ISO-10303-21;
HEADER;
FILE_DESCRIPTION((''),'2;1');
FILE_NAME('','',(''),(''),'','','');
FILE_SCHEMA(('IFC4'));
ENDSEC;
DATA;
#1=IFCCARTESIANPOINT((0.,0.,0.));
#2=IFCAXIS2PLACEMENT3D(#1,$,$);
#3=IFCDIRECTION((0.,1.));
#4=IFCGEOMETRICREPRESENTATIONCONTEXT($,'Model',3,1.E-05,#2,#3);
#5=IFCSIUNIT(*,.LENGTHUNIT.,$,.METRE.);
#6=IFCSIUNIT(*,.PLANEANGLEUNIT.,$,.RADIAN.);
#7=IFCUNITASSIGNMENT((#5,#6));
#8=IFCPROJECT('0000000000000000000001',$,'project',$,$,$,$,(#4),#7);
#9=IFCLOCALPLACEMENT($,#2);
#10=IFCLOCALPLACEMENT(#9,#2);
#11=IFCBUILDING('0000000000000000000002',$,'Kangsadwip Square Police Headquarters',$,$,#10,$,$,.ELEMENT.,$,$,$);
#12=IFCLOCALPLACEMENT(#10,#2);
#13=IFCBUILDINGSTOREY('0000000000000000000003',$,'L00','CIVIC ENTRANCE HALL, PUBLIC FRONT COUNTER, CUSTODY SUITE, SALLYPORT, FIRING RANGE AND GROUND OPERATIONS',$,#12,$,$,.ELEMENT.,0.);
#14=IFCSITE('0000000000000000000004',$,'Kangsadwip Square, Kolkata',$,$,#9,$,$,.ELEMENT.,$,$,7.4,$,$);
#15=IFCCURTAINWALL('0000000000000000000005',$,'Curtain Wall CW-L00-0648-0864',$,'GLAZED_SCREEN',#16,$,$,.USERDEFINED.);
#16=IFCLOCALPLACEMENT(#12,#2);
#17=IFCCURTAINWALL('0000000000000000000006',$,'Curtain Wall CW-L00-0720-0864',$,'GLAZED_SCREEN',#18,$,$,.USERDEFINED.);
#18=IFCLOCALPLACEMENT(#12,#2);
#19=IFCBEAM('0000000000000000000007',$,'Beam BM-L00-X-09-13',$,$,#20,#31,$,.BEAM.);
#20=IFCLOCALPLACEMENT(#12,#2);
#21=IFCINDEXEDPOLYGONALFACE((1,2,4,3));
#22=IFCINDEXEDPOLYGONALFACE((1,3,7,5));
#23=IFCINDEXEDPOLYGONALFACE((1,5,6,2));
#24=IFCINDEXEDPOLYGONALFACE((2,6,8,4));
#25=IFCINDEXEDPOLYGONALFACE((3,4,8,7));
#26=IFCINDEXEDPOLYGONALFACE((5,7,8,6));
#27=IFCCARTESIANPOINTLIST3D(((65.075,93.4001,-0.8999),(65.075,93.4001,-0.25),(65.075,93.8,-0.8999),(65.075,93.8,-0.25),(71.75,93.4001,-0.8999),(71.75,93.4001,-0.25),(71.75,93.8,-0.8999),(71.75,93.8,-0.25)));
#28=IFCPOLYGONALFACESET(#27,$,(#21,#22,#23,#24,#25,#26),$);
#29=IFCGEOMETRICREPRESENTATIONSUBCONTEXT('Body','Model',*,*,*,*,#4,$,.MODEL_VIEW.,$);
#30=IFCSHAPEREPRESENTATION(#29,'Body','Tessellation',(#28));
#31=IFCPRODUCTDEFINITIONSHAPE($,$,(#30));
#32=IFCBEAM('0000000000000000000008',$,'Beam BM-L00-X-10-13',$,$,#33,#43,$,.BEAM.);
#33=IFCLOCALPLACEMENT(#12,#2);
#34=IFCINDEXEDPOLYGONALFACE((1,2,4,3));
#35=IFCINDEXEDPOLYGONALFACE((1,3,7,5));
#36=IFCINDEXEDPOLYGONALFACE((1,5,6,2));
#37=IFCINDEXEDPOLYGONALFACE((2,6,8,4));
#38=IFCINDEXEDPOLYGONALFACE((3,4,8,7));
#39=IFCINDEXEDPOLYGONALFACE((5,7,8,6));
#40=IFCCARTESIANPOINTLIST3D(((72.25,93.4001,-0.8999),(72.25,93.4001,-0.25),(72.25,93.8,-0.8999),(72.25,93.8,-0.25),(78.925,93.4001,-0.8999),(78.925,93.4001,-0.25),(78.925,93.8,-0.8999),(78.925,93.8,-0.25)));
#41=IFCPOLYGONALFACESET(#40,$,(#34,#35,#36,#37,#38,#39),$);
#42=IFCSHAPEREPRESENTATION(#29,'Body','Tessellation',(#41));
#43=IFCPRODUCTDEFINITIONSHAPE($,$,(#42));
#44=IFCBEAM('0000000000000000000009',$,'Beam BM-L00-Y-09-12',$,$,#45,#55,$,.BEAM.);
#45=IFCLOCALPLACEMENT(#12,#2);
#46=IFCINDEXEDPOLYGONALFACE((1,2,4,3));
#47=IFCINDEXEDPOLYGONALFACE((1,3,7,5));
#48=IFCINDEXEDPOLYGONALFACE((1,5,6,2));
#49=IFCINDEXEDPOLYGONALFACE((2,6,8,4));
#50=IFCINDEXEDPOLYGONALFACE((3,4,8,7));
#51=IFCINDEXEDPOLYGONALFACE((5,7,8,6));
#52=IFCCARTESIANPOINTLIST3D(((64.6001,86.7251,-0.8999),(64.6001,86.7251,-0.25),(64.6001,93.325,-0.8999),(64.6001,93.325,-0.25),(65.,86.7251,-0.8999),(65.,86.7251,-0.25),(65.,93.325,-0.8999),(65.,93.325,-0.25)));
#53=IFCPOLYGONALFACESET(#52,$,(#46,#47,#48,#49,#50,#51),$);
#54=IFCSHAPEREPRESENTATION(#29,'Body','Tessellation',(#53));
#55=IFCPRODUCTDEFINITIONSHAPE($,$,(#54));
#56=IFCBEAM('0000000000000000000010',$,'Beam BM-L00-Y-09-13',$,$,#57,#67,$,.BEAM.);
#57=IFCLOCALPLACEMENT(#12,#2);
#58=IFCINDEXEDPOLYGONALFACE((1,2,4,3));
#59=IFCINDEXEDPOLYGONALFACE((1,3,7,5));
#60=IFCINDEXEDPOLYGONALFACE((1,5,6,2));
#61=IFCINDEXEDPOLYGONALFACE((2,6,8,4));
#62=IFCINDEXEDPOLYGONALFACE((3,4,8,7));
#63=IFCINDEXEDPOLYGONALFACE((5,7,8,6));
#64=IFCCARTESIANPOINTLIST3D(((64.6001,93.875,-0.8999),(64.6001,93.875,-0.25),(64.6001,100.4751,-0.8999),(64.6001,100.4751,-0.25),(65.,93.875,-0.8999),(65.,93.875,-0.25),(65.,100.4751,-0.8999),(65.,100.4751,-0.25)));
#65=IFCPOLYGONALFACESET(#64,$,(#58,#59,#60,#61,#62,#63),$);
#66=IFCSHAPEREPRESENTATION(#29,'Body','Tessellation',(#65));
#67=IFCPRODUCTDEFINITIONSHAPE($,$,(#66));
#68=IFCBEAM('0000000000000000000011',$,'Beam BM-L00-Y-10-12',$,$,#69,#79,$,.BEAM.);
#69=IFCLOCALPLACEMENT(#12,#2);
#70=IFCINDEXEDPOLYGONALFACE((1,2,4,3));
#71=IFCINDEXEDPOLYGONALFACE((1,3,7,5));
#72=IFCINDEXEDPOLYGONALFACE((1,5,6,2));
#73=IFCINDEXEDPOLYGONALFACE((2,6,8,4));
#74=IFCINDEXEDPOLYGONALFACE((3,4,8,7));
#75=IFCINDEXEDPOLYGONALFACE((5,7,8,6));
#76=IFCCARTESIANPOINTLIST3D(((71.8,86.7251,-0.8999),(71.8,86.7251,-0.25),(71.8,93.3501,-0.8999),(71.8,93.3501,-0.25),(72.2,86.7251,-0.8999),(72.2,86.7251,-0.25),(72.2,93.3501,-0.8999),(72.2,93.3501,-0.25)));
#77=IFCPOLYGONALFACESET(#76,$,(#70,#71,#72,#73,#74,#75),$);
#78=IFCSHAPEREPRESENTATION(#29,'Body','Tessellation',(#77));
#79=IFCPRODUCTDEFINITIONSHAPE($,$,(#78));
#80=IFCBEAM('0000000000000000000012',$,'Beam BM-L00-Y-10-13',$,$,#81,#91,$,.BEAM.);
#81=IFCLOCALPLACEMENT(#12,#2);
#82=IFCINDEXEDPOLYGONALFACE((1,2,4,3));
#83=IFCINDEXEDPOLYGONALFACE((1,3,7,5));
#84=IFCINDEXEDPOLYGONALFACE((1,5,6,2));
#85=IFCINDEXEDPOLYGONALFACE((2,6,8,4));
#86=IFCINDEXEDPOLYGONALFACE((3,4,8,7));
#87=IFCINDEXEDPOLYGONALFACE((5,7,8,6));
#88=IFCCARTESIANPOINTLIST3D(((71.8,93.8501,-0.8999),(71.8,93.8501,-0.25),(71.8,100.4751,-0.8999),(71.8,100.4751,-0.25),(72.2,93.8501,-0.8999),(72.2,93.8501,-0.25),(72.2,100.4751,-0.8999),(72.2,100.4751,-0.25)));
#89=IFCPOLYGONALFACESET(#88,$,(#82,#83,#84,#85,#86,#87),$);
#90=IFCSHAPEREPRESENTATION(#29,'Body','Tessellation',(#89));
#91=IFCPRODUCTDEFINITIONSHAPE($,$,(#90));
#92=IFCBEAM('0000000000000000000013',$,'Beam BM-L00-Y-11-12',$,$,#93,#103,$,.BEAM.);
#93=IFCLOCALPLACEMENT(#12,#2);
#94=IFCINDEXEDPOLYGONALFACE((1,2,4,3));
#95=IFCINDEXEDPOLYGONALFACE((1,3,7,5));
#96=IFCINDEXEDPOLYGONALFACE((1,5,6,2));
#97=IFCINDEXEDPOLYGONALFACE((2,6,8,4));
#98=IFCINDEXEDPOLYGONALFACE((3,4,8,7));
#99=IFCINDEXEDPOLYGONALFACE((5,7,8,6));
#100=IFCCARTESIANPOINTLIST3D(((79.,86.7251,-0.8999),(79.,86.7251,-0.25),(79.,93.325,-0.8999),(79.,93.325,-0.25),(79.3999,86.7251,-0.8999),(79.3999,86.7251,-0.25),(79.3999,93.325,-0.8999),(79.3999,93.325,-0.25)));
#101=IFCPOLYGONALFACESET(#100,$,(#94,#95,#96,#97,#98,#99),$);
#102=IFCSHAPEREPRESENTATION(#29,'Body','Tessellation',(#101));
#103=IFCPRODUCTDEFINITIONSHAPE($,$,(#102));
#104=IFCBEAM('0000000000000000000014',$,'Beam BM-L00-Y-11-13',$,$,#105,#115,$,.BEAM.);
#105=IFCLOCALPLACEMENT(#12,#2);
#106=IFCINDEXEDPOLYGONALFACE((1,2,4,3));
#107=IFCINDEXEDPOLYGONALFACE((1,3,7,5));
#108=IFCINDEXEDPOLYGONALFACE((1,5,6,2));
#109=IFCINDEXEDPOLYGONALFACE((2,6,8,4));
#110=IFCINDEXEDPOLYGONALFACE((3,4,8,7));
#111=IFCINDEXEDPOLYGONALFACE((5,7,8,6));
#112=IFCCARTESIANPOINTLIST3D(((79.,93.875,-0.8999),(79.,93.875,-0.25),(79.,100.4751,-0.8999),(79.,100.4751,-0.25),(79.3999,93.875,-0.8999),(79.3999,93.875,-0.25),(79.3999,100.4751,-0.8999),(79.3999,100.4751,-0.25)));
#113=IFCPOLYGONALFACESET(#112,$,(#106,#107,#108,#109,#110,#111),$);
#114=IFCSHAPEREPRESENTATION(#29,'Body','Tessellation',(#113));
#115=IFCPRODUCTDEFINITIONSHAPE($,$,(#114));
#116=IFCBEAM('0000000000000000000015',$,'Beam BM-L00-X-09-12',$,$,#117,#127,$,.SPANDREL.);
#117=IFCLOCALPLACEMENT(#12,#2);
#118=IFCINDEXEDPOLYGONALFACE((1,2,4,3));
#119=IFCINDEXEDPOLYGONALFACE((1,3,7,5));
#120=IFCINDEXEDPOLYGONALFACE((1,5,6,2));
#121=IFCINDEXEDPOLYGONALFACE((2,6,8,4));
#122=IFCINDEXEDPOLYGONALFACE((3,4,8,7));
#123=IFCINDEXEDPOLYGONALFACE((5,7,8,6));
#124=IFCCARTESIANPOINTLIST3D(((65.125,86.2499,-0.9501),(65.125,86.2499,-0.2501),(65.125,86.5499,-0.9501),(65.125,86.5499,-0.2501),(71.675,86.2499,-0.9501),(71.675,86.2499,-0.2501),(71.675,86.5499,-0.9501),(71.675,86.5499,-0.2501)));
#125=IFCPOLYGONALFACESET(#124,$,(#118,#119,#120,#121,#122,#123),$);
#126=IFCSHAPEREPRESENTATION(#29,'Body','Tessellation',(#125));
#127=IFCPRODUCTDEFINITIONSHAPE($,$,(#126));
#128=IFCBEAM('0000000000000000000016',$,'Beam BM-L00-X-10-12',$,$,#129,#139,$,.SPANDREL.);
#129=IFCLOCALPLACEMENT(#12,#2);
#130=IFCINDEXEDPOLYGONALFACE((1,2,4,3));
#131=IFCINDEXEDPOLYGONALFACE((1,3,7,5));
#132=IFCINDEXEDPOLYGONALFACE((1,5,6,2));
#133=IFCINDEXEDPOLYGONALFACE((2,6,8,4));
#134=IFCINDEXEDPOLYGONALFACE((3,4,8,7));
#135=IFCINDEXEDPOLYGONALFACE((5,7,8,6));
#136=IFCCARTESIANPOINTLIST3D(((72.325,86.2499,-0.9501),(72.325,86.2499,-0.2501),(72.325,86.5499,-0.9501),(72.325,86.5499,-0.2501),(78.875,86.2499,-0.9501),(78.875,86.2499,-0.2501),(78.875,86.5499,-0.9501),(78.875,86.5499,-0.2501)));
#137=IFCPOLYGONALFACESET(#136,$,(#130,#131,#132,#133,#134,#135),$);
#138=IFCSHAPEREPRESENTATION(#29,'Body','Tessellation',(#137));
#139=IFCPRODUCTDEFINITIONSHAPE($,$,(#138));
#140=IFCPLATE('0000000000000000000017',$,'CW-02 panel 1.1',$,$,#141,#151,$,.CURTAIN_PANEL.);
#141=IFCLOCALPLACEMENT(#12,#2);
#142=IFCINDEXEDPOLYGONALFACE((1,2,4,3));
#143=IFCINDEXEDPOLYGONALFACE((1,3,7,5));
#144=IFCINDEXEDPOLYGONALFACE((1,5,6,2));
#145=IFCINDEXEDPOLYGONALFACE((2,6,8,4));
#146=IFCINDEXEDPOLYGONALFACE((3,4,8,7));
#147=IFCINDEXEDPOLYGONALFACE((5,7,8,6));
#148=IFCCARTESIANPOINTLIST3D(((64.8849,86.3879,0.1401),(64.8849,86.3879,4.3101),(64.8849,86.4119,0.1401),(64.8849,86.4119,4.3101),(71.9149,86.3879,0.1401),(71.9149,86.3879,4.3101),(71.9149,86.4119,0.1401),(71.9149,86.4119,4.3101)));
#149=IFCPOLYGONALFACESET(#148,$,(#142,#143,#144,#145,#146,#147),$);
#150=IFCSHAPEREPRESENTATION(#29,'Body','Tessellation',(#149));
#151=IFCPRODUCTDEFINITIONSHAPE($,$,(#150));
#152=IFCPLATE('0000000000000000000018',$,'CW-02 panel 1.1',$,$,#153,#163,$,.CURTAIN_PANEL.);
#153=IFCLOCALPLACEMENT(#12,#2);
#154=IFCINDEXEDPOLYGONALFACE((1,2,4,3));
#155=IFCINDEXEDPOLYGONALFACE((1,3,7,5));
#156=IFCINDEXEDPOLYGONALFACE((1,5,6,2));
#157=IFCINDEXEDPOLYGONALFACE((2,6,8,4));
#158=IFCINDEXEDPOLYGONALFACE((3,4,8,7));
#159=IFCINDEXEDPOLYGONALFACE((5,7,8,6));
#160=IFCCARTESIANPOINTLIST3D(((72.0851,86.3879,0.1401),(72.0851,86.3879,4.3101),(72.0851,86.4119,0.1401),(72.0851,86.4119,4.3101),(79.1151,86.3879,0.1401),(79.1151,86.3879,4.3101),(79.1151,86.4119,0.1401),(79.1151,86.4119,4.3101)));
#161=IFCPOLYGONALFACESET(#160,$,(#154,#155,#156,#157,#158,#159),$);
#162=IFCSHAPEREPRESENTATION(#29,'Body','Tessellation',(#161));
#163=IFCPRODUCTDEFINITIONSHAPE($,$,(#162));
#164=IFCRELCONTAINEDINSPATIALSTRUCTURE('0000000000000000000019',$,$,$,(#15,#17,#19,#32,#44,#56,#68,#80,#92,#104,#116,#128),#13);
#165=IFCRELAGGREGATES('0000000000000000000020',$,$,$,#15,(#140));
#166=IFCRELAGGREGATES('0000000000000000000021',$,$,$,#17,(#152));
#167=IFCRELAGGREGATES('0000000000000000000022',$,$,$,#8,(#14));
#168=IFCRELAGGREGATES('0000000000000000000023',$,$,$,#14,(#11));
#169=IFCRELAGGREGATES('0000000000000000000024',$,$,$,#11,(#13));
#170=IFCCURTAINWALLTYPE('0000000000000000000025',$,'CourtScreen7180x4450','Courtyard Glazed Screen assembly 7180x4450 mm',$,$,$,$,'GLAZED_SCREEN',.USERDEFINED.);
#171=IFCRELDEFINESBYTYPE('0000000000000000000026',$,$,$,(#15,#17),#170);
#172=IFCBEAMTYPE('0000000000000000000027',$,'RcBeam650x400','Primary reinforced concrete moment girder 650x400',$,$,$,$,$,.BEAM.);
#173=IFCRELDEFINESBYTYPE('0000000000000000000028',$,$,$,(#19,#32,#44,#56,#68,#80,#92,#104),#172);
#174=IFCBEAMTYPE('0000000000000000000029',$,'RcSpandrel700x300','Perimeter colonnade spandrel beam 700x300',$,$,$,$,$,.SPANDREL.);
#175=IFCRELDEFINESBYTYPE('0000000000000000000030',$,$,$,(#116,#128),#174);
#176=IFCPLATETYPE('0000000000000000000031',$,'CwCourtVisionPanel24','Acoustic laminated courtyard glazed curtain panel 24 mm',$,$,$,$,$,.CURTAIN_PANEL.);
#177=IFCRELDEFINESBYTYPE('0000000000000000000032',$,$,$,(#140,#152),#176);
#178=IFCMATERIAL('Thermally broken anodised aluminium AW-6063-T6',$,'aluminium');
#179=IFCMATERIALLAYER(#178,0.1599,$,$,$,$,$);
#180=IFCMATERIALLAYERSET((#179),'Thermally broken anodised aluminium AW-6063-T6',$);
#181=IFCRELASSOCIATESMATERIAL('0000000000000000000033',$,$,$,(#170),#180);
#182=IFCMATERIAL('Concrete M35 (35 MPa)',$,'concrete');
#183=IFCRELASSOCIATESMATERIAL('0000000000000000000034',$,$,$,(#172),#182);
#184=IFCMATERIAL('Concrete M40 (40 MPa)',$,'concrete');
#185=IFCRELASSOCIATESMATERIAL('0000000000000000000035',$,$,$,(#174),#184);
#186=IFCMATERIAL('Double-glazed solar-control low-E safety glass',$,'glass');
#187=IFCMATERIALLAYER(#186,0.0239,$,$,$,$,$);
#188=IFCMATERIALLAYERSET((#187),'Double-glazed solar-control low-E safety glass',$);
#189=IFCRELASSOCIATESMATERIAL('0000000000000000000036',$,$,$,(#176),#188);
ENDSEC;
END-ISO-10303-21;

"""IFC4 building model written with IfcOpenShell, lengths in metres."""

from ifc_helpers import new_model, si_unit, direction, frame, origin, origin_2d, place, context, subcontext, project, spatial, rectangle, extrude, material, layer, layer_set, material_profile, profile_set, type_object, element, aggregate, save


model = new_model("IFC4")

# Units and contexts
model_context = context("Model", 3, precision=1e-05, world=origin(), true_north=direction((0.0, 1.0)))
body_context = subcontext(model_context, "Body", "Model", "MODEL_VIEW")
ifc_project = project(units=[si_unit("LENGTHUNIT", "METRE"), si_unit("PLANEANGLEUNIT", "RADIAN")], contexts=[model_context])

# Site, building, storey
site_placement = place(None, origin())
site = spatial("IfcSite", under=ifc_project, at=site_placement, Name="Kangsadwip Square, Kolkata", CompositionType="ELEMENT", RefElevation=7.4)
building_placement = place(site_placement, origin())
building = spatial("IfcBuilding", under=site, at=building_placement, Name="Kangsadwip Square Police Headquarters", CompositionType="ELEMENT")
storey_placement = place(building_placement, origin())
storey = spatial("IfcBuildingStorey", under=building, at=storey_placement, Name="L00", Description="CIVIC ENTRANCE HALL, PUBLIC FRONT COUNTER, CUSTODY SUITE, SALLYPORT, FIRING RANGE AND GROUND OPERATIONS", CompositionType="ELEMENT", Elevation=0.0)

# Curtain wall
ifc_material_1 = material(Name="Thermally broken anodised aluminium AW-6063-T6", Category="aluminium")
ifc_layer_1 = layer(ifc_material_1, 0.1599)
ifc_layer_set_1 = layer_set([ifc_layer_1], Name="Thermally broken anodised aluminium AW-6063-T6")
curtain_wall_type = type_object("IfcCurtainWallType", Name="CourtScreen7180x4450", Description="Courtyard Glazed Screen assembly 7180x4450 mm", ElementType="GLAZED_SCREEN", PredefinedType="USERDEFINED", material=ifc_layer_set_1)
curtain_wall_1_placement = place(storey_placement, origin())
curtain_wall_1 = element("IfcCurtainWall", 1, at=curtain_wall_1_placement, inside=storey, type_object=curtain_wall_type, Name="Curtain Wall CW-L00-0648-0864", ObjectType="GLAZED_SCREEN", PredefinedType="USERDEFINED")

# Curtain wall
curtain_wall_2_placement = place(storey_placement, origin())
curtain_wall_2 = element("IfcCurtainWall", 2, at=curtain_wall_2_placement, inside=storey, type_object=curtain_wall_type, Name="Curtain Wall CW-L00-0720-0864", ObjectType="GLAZED_SCREEN", PredefinedType="USERDEFINED")

# Beams
ifc_material_2 = material(Name="Concrete M35 (35 MPa)", Category="concrete")
ifc_material_profile_1 = material_profile(ifc_material_2, rectangle(XDim=0.3999, YDim=0.6499, at=origin_2d()), Name="RC BM 650X400")
ifc_profile_set_1 = profile_set([ifc_material_profile_1], Name="Concrete M35 (35 MPa)")
beam_type_1 = type_object("IfcBeamType", Name="RcBeam650x400", Description="Primary reinforced concrete moment girder 650x400", PredefinedType="BEAM", material=ifc_profile_set_1)
for number, where, z_axis, x_axis, name in (
    (3, (65.075, 93.6001, -0.575), (1.0, 0.0, 0.0), (0.0, 1.0, 0.0), "Beam BM-L00-X-09-13"),
    (4, (72.25, 93.6001, -0.575), (1.0, 0.0, 0.0), (0.0, 1.0, 0.0), "Beam BM-L00-X-10-13"),
):
    element("IfcBeam", number, at=place(storey_placement, frame(where, z_axis=z_axis, x_axis=x_axis)), inside=storey, type_object=beam_type_1, Name=name, PredefinedType="BEAM", context=body_context, shape_type="SweptSolid", body=[
        extrude(rectangle(XDim=0.3999, YDim=0.6499, at=origin_2d()), origin(), (0.0, 0.0, 1.0), 6.675),
    ])
beam_1_placement = place(storey_placement, frame((64.8, 86.7251, -0.575), z_axis=(0.0, 1.0, 0.0), x_axis=(-1.0, 0.0, 0.0)))
element("IfcBeam", 5, at=beam_1_placement, inside=storey, type_object=beam_type_1, Name="Beam BM-L00-Y-09-12", PredefinedType="BEAM", context=body_context, shape_type="SweptSolid", body=[
    extrude(rectangle(XDim=0.3999, YDim=0.6499, at=origin_2d()), origin(), (0.0, 0.0, 1.0), 6.5999),
])
beam_2_placement = place(storey_placement, frame((64.8, 93.875, -0.575), z_axis=(0.0, 1.0, 0.0), x_axis=(-1.0, 0.0, 0.0)))
element("IfcBeam", 6, at=beam_2_placement, inside=storey, type_object=beam_type_1, Name="Beam BM-L00-Y-09-13", PredefinedType="BEAM", context=body_context, shape_type="SweptSolid", body=[
    extrude(rectangle(XDim=0.3999, YDim=0.6499, at=origin_2d()), origin(), (0.0, 0.0, 1.0), 6.6001),
])
for number, where, z_axis, x_axis, name in (
    (7, (72.0, 86.7251, -0.575), (0.0, 1.0, 0.0), (-1.0, 0.0, 0.0), "Beam BM-L00-Y-10-12"),
    (8, (72.0, 93.8501, -0.575), (0.0, 1.0, 0.0), (-1.0, 0.0, 0.0), "Beam BM-L00-Y-10-13"),
):
    element("IfcBeam", number, at=place(storey_placement, frame(where, z_axis=z_axis, x_axis=x_axis)), inside=storey, type_object=beam_type_1, Name=name, PredefinedType="BEAM", context=body_context, shape_type="SweptSolid", body=[
        extrude(rectangle(XDim=0.3999, YDim=0.6499, at=origin_2d()), origin(), (0.0, 0.0, 1.0), 6.625),
    ])
beam_3_placement = place(storey_placement, frame((79.2, 86.7251, -0.575), z_axis=(0.0, 1.0, 0.0), x_axis=(-1.0, 0.0, 0.0)))
element("IfcBeam", 9, at=beam_3_placement, inside=storey, type_object=beam_type_1, Name="Beam BM-L00-Y-11-12", PredefinedType="BEAM", context=body_context, shape_type="SweptSolid", body=[
    extrude(rectangle(XDim=0.3999, YDim=0.6499, at=origin_2d()), origin(), (0.0, 0.0, 1.0), 6.5999),
])
beam_4_placement = place(storey_placement, frame((79.2, 93.875, -0.575), z_axis=(0.0, 1.0, 0.0), x_axis=(-1.0, 0.0, 0.0)))
element("IfcBeam", 10, at=beam_4_placement, inside=storey, type_object=beam_type_1, Name="Beam BM-L00-Y-11-13", PredefinedType="BEAM", context=body_context, shape_type="SweptSolid", body=[
    extrude(rectangle(XDim=0.3999, YDim=0.6499, at=origin_2d()), origin(), (0.0, 0.0, 1.0), 6.6001),
])
ifc_material_3 = material(Name="Concrete M40 (40 MPa)", Category="concrete")
ifc_material_profile_2 = material_profile(ifc_material_3, rectangle(XDim=0.3, YDim=0.7, at=origin_2d()), Name="RC SPN 700X300")
ifc_profile_set_2 = profile_set([ifc_material_profile_2], Name="Concrete M40 (40 MPa)")
beam_type_2 = type_object("IfcBeamType", Name="RcSpandrel700x300", Description="Perimeter colonnade spandrel beam 700x300", PredefinedType="SPANDREL", material=ifc_profile_set_2)
for number, where, z_axis, x_axis, name in (
    (11, (65.125, 86.3999, -0.6001), (1.0, 0.0, 0.0), (0.0, 1.0, 0.0), "Beam BM-L00-X-09-12"),
    (12, (72.325, 86.3999, -0.6001), (1.0, 0.0, 0.0), (0.0, 1.0, 0.0), "Beam BM-L00-X-10-12"),
):
    element("IfcBeam", number, at=place(storey_placement, frame(where, z_axis=z_axis, x_axis=x_axis)), inside=storey, type_object=beam_type_2, Name=name, PredefinedType="SPANDREL", context=body_context, shape_type="SweptSolid", body=[
        extrude(rectangle(XDim=0.3, YDim=0.7, at=origin_2d()), origin(), (0.0, 0.0, 1.0), 6.55),
    ])

# Plates
ifc_material_4 = material(Name="Double-glazed solar-control low-E safety glass", Category="glass")
ifc_layer_2 = layer(ifc_material_4, 0.0239)
ifc_layer_set_2 = layer_set([ifc_layer_2], Name="Double-glazed solar-control low-E safety glass")
plate_type = type_object("IfcPlateType", Name="CwCourtVisionPanel24", Description="Acoustic laminated courtyard glazed curtain panel 24 mm", PredefinedType="CURTAIN_PANEL", material=ifc_layer_set_2)
plate_1_placement = place(storey_placement, frame((68.3999, 86.3999, 0.1401), z_axis=(0.0, 0.0, 1.0), x_axis=(1.0, 0.0, 0.0)))
plate_1 = element("IfcPlate", 13, at=plate_1_placement, type_object=plate_type, Name="CW-02 panel 1.1", PredefinedType="CURTAIN_PANEL", context=body_context, shape_type="SweptSolid", body=[
    extrude(rectangle(XDim=7.03, YDim=0.0239, at=origin_2d()), origin(), (0.0, 0.0, 1.0), 4.1699),
])
aggregate(curtain_wall_1, [plate_1])
plate_2_placement = place(storey_placement, frame((75.6001, 86.3999, 0.1401), z_axis=(0.0, 0.0, 1.0), x_axis=(1.0, 0.0, 0.0)))
plate_2 = element("IfcPlate", 14, at=plate_2_placement, type_object=plate_type, Name="CW-02 panel 1.1", PredefinedType="CURTAIN_PANEL", context=body_context, shape_type="SweptSolid", body=[
    extrude(rectangle(XDim=7.03, YDim=0.0239, at=origin_2d()), origin(), (0.0, 0.0, 1.0), 4.1699),
])
aggregate(curtain_wall_2, [plate_2])

save(model, "model.ifc")
